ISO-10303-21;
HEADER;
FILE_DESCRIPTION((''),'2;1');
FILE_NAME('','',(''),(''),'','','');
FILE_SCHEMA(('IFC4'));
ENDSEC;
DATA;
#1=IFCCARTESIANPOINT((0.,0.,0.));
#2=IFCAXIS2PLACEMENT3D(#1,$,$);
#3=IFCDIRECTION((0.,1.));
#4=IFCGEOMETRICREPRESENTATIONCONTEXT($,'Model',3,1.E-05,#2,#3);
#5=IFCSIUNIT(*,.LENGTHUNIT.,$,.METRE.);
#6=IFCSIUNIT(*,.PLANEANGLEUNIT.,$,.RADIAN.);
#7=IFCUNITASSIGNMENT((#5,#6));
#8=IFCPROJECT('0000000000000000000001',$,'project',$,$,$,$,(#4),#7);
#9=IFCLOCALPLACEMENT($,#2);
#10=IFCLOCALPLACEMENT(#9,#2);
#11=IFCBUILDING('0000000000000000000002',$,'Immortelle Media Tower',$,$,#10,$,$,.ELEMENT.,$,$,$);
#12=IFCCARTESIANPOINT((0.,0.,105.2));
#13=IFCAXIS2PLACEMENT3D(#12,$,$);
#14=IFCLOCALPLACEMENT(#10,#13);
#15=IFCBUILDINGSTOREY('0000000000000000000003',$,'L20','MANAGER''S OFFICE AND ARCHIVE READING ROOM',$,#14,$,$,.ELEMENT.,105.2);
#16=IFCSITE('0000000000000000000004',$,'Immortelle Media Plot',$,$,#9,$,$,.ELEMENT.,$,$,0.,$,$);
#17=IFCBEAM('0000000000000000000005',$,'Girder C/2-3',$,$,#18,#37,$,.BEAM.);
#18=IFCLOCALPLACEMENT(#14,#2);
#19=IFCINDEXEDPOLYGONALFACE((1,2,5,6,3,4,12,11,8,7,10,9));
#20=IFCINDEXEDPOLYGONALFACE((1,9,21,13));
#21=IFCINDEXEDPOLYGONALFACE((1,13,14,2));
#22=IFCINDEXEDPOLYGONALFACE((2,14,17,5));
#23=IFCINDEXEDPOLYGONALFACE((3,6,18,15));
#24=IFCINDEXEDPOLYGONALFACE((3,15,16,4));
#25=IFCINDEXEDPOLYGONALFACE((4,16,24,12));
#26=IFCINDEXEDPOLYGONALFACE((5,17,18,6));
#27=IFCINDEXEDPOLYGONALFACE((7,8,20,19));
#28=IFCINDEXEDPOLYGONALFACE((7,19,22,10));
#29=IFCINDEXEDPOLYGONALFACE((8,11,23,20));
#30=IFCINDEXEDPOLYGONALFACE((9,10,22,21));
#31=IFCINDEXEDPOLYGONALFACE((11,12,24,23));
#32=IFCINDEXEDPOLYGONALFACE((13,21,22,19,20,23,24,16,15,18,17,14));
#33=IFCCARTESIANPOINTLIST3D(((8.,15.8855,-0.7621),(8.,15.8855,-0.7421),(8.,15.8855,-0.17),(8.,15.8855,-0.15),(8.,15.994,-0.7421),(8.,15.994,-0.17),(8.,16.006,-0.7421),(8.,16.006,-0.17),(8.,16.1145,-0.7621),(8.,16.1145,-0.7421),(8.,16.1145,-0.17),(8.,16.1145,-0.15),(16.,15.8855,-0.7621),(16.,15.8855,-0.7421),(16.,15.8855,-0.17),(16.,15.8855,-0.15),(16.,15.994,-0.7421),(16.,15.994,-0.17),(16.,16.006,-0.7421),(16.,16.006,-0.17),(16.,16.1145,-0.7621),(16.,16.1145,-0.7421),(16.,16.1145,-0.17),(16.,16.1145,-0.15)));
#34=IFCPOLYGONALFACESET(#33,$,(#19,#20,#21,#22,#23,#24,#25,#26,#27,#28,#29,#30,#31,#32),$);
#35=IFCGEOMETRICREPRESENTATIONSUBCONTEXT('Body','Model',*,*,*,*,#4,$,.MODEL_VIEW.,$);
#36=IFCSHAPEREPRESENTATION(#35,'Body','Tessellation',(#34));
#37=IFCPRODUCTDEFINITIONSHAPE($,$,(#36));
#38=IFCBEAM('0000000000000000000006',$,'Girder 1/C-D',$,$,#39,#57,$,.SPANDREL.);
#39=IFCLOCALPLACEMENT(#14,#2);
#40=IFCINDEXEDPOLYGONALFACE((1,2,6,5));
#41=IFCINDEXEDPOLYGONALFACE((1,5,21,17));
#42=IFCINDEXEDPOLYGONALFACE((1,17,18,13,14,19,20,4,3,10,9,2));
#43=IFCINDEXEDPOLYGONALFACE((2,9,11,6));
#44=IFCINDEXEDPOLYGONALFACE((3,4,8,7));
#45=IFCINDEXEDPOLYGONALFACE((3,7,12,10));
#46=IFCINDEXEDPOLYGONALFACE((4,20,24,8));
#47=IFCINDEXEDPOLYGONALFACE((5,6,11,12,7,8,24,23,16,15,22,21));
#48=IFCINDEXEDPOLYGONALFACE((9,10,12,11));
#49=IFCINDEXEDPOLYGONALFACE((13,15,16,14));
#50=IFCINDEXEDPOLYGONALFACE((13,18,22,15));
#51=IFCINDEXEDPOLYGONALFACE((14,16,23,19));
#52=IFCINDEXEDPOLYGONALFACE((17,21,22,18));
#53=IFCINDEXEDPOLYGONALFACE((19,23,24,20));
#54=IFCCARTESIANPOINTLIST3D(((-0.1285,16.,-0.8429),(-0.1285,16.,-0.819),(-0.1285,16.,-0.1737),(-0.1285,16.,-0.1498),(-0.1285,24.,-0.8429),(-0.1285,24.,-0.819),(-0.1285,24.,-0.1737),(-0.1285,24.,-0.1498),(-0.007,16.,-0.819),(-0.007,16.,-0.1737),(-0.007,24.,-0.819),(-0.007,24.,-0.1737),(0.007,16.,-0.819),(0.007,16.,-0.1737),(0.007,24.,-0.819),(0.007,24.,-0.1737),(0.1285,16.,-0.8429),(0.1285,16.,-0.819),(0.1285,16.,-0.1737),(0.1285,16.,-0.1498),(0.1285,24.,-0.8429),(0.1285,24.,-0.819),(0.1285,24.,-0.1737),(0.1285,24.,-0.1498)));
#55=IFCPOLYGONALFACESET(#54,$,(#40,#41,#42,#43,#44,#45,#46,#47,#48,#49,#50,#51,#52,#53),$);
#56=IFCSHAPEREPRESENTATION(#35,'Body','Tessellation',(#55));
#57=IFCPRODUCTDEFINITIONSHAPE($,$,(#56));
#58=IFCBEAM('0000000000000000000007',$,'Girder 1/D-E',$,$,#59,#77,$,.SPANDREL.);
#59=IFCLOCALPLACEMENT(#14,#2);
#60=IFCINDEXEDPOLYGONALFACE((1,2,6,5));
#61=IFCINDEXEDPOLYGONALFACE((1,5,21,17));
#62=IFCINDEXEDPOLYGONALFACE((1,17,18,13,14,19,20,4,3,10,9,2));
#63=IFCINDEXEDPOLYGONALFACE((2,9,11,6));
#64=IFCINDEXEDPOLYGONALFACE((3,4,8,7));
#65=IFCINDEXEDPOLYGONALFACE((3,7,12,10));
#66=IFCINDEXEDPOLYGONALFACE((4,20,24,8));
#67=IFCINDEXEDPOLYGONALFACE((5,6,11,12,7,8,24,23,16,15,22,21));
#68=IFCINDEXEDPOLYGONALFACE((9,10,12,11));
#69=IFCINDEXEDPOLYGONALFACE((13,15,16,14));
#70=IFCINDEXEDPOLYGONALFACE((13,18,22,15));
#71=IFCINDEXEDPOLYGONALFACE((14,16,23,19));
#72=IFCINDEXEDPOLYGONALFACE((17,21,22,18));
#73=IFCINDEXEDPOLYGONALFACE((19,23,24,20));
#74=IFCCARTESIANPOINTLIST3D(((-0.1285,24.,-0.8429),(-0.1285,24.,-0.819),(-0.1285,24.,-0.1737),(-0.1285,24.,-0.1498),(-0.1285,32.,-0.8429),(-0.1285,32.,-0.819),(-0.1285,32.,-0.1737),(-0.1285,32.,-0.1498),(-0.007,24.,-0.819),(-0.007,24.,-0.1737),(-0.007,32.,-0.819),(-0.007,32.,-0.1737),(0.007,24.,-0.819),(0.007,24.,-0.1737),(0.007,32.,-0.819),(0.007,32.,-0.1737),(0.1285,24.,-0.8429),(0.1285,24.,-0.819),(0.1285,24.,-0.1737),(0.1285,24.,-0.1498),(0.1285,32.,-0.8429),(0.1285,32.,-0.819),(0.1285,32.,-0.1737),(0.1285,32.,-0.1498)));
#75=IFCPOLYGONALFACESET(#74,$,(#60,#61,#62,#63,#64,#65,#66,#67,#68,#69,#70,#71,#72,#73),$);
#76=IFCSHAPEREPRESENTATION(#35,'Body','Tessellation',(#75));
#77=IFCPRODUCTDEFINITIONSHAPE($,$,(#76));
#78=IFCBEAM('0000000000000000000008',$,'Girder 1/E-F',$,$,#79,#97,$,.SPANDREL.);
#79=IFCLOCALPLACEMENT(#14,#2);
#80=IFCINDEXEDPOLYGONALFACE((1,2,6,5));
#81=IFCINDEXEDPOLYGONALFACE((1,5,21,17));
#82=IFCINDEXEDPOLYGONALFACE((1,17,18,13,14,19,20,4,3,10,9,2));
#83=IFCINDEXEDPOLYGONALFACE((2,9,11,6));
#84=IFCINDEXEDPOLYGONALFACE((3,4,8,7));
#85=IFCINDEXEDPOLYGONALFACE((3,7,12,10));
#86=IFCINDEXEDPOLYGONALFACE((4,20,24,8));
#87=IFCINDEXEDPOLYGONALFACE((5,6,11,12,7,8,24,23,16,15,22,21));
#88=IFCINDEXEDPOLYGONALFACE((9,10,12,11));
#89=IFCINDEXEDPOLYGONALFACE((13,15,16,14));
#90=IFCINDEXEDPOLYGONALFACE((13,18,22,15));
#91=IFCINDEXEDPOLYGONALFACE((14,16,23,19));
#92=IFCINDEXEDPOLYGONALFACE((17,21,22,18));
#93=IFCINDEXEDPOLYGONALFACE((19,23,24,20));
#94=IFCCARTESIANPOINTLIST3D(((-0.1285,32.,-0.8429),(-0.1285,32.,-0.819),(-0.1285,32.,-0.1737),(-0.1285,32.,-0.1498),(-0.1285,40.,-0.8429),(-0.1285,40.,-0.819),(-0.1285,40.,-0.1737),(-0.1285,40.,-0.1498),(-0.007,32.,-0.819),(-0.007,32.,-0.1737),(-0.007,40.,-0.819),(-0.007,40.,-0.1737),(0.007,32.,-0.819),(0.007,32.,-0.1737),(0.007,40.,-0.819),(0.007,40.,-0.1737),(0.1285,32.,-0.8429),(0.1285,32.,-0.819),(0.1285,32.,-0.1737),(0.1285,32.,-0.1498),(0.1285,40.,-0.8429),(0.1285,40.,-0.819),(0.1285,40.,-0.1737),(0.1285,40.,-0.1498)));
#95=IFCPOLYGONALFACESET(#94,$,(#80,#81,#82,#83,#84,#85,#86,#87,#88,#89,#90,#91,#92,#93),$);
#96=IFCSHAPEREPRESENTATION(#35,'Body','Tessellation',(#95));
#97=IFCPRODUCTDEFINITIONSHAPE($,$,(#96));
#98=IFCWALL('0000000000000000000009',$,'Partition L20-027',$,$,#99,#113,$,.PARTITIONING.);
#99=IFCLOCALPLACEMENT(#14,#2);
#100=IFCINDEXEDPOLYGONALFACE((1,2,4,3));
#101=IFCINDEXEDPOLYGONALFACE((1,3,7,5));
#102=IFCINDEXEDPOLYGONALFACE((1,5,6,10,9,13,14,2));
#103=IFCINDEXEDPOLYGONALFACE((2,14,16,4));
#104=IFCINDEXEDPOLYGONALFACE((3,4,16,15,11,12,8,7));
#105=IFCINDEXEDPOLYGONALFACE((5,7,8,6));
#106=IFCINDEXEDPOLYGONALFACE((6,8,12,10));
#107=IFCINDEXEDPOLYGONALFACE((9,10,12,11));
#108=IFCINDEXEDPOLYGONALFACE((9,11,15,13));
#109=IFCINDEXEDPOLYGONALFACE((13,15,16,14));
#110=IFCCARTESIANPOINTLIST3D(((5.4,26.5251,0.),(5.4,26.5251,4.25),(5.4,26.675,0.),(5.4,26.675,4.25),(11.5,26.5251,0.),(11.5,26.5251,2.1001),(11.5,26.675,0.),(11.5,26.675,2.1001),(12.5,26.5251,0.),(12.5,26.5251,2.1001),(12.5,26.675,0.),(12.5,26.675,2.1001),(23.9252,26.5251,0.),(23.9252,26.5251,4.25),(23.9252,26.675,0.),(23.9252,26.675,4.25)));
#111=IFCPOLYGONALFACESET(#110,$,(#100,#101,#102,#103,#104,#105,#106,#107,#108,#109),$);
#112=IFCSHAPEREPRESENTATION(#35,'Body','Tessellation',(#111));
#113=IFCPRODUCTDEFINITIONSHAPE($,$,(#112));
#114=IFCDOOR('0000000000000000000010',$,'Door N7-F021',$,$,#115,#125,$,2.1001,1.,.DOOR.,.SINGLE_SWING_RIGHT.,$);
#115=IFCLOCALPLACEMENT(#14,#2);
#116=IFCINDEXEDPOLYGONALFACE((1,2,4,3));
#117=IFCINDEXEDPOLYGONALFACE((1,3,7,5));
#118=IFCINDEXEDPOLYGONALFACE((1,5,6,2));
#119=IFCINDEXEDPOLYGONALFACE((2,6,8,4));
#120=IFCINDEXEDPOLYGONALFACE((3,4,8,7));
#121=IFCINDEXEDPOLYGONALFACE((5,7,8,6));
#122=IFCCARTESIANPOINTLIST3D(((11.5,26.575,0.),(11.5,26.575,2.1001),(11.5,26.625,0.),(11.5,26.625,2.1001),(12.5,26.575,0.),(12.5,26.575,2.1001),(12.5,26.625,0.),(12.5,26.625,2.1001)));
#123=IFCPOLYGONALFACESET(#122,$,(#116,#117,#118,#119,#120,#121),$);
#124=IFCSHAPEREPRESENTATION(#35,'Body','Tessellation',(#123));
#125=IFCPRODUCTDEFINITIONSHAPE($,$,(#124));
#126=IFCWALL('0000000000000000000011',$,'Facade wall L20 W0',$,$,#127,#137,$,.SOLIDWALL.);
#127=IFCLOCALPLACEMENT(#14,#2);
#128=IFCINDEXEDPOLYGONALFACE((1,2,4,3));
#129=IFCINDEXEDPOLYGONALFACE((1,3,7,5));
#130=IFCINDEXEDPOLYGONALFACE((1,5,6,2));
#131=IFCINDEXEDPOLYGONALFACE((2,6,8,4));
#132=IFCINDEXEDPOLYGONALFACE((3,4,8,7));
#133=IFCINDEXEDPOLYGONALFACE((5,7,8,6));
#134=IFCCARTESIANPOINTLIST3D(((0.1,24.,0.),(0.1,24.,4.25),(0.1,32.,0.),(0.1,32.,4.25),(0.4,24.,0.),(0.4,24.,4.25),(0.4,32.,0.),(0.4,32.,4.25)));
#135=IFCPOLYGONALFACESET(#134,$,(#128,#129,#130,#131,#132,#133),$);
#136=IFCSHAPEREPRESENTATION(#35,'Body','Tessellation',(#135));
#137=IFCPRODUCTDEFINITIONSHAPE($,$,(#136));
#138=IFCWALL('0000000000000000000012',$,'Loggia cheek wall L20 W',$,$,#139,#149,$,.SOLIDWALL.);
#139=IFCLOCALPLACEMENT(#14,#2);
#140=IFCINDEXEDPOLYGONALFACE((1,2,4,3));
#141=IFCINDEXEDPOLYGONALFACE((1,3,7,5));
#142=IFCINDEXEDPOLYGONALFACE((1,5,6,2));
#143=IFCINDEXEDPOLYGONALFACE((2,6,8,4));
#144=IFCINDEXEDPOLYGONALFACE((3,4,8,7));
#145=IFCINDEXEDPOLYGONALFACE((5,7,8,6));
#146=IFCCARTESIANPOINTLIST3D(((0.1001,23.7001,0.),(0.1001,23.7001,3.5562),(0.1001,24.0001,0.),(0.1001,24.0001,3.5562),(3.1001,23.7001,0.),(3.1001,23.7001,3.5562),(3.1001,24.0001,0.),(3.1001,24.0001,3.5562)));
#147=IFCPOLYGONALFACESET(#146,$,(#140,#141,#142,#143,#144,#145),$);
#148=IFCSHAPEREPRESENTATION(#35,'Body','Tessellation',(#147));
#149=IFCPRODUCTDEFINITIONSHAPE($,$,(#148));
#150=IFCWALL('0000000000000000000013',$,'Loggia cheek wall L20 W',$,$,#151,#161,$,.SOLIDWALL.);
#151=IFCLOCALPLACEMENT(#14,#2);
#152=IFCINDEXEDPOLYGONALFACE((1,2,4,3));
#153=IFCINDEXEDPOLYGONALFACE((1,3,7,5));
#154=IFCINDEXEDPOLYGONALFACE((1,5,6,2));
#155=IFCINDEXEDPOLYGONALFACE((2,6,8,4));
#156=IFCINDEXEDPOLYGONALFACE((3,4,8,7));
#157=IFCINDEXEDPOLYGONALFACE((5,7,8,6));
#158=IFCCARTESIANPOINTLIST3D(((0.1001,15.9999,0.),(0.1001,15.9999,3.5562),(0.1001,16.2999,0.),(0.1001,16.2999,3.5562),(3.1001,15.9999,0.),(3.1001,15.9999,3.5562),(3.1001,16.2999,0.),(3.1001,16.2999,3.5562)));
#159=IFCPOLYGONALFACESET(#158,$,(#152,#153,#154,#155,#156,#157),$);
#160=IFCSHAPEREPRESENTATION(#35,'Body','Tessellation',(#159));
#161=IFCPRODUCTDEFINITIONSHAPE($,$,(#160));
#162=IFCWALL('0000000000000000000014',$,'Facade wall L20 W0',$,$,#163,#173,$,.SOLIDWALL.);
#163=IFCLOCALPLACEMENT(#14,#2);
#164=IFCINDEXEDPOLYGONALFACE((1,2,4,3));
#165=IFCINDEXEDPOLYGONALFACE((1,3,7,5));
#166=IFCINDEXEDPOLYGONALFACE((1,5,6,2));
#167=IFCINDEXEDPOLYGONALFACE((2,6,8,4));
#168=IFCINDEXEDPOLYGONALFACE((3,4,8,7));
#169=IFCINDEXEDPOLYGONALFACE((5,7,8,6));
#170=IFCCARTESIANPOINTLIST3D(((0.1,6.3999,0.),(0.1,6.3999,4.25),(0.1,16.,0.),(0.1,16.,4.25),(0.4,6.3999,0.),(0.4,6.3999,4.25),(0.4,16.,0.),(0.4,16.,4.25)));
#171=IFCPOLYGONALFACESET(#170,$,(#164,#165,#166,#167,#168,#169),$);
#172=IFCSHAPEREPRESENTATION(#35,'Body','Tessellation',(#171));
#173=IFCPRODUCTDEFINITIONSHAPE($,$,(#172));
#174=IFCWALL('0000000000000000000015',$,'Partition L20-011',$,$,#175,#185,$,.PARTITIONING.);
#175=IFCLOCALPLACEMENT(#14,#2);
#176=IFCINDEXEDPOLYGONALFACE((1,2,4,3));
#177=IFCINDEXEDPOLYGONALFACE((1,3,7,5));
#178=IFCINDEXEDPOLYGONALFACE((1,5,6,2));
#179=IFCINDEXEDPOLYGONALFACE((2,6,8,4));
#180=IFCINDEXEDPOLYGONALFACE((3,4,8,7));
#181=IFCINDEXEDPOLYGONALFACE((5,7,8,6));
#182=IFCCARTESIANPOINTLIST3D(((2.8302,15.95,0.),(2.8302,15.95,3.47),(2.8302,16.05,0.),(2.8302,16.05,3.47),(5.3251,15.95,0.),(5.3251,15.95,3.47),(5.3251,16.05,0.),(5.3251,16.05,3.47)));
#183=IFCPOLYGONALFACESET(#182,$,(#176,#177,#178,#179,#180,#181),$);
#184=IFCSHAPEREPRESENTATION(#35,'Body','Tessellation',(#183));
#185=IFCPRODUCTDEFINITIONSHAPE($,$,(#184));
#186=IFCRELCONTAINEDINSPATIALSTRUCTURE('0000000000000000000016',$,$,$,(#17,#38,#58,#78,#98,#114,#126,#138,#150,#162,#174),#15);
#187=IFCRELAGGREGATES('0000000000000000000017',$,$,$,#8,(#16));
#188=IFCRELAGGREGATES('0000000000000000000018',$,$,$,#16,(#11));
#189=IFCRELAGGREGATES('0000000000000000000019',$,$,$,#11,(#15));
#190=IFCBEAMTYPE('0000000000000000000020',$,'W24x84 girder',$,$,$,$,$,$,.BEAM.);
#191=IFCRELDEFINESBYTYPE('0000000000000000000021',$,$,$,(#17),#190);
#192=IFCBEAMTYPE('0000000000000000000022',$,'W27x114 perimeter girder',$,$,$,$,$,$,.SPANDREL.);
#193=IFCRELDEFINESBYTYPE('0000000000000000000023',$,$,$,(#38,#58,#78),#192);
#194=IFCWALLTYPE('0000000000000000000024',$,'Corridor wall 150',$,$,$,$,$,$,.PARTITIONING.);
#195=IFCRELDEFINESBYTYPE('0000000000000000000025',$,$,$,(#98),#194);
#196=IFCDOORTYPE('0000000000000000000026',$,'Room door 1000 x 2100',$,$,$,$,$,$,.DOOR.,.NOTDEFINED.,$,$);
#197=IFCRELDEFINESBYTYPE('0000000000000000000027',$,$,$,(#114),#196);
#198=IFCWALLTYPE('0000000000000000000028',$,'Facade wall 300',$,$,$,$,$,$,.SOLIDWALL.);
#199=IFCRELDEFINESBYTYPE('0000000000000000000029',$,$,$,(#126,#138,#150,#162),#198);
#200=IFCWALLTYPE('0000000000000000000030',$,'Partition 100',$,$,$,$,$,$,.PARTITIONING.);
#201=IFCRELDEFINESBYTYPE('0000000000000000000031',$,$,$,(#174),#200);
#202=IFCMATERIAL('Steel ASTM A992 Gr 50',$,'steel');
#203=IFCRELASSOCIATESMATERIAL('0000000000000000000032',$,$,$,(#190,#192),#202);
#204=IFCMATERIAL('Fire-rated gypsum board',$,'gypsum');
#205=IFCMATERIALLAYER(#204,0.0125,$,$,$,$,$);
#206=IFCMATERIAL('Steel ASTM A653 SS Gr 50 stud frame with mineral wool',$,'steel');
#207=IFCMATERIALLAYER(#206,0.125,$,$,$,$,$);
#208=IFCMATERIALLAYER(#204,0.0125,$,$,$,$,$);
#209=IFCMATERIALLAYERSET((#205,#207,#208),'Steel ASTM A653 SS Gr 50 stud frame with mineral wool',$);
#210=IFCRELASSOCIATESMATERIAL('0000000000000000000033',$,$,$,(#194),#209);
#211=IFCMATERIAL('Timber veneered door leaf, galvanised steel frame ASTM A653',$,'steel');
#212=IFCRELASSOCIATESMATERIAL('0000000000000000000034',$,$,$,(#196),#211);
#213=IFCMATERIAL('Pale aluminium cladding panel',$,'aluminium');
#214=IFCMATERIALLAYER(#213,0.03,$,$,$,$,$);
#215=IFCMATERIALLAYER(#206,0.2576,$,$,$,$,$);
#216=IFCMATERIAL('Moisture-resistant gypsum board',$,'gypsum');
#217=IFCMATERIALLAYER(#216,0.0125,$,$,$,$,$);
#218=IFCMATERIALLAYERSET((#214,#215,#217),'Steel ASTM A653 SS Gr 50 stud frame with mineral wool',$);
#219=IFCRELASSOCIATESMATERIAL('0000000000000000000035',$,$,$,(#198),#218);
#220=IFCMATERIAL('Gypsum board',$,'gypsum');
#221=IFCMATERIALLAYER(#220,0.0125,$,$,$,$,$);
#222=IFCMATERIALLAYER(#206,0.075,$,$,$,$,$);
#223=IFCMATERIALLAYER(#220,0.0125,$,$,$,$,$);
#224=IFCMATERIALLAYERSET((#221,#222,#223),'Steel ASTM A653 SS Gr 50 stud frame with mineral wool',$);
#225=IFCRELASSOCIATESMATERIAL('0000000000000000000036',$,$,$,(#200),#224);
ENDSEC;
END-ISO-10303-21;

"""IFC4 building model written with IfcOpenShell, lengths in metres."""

from ifc_helpers import new_model, si_unit, direction, frame, frame_2d, origin, origin_2d, place, context, subcontext, project, spatial, rectangle, i_section, extrude, material, layer, layer_set, material_profile, profile_set, type_object, element, fill, save


model = new_model("IFC4")

# Units and contexts
model_context = context("Model", 3, precision=1e-05, world=origin(), true_north=direction((0.0, 1.0)))
body_context = subcontext(model_context, "Body", "Model", "MODEL_VIEW")
ifc_project = project(units=[si_unit("LENGTHUNIT", "METRE"), si_unit("PLANEANGLEUNIT", "RADIAN")], contexts=[model_context])

# Site, building, storey
site_placement = place(None, origin())
site = spatial("IfcSite", under=ifc_project, at=site_placement, Name="Immortelle Media Plot", CompositionType="ELEMENT", RefElevation=0.0)
building_placement = place(site_placement, origin())
building = spatial("IfcBuilding", under=site, at=building_placement, Name="Immortelle Media Tower", CompositionType="ELEMENT")
storey_placement = place(building_placement, frame((0.0, 0.0, 105.2)))
storey = spatial("IfcBuildingStorey", under=building, at=storey_placement, Name="L20", Description="MANAGER'S OFFICE AND ARCHIVE READING ROOM", CompositionType="ELEMENT", Elevation=105.2)

# Shared definitions
ifc_material_1 = material(Name="Steel ASTM A992 Gr 50", Category="steel")

# Beams
ifc_material_profile_1 = material_profile(ifc_material_1, i_section(OverallWidth=0.229, OverallDepth=0.6121, WebThickness=0.012, FlangeThickness=0.02, at=origin_2d()), Name="W24x84")
ifc_profile_set_1 = profile_set([ifc_material_profile_1], Name="Steel ASTM A992 Gr 50")
beam_type_1 = type_object("IfcBeamType", Name="W24x84 girder", PredefinedType="BEAM", material=ifc_profile_set_1)
for number, where, z_axis, x_axis, name in (
    (1, (8.0, 16.0, -0.4561), (1.0, 0.0, 0.0), (0.0, 1.0, 0.0), "Girder C/2-3"),
):
    element("IfcBeam", number, at=place(storey_placement, frame(where, z_axis=z_axis, x_axis=x_axis)), inside=storey, type_object=beam_type_1, Name=name, PredefinedType="BEAM", context=body_context, shape_type="SweptSolid", body=[
        extrude(i_section(OverallWidth=0.229, OverallDepth=0.6121, WebThickness=0.012, FlangeThickness=0.02, at=origin_2d()), origin(), (0.0, 0.0, 1.0), 8.0),
    ])
ifc_material_profile_2 = material_profile(ifc_material_1, i_section(OverallWidth=0.2571, OverallDepth=0.6931, WebThickness=0.0139, FlangeThickness=0.0239, at=origin_2d()), Name="W27x114")
ifc_profile_set_2 = profile_set([ifc_material_profile_2], Name="Steel ASTM A992 Gr 50")
beam_type_2 = type_object("IfcBeamType", Name="W27x114 perimeter girder", PredefinedType="SPANDREL", material=ifc_profile_set_2)
for number, where, z_axis, x_axis, name in (
    (2, (0.0, 16.0, -0.4963), (0.0, 1.0, 0.0), (-1.0, 0.0, 0.0), "Girder 1/C-D"),
    (3, (0.0, 24.0, -0.4963), (0.0, 1.0, 0.0), (-1.0, 0.0, 0.0), "Girder 1/D-E"),
    (4, (0.0, 32.0, -0.4963), (0.0, 1.0, 0.0), (-1.0, 0.0, 0.0), "Girder 1/E-F"),
):
    element("IfcBeam", number, at=place(storey_placement, frame(where, z_axis=z_axis, x_axis=x_axis)), inside=storey, type_object=beam_type_2, Name=name, PredefinedType="SPANDREL", context=body_context, shape_type="SweptSolid", body=[
        extrude(i_section(OverallWidth=0.2571, OverallDepth=0.6931, WebThickness=0.0139, FlangeThickness=0.0239, at=origin_2d()), origin(), (0.0, 0.0, 1.0), 8.0),
    ])

# Wall, opening, door
ifc_material_2 = material(Name="Fire-rated gypsum board", Category="gypsum")
ifc_layer_1 = layer(ifc_material_2, 0.0125)
ifc_material_3 = material(Name="Steel ASTM A653 SS Gr 50 stud frame with mineral wool", Category="steel")
ifc_layer_2 = layer(ifc_material_3, 0.125)
ifc_layer_3 = layer(ifc_material_2, 0.0125)
ifc_layer_set_1 = layer_set([ifc_layer_1, ifc_layer_2, ifc_layer_3], Name="Steel ASTM A653 SS Gr 50 stud frame with mineral wool")
wall_type_1 = type_object("IfcWallType", Name="Corridor wall 150", PredefinedType="PARTITIONING", material=ifc_layer_set_1)
wall_1_placement = place(storey_placement, frame((5.3999, 26.6001, 0.0), z_axis=(0.0, 0.0, 1.0), x_axis=(1.0, 0.0, 0.0)))
wall_1 = element("IfcWall", 5, at=wall_1_placement, inside=storey, type_object=wall_type_1, Name="Partition L20-027", PredefinedType="PARTITIONING", context=body_context, shape_type="SweptSolid", body=[
    extrude(rectangle(XDim=18.5251, YDim=0.1499, at=frame_2d((9.2627, 0.0))), origin(), (0.0, 0.0, 1.0), 4.25),
])
opening_1_placement = place(wall_1_placement, frame((6.1001, 0.0, 0.0)))
opening_1 = element("IfcOpeningElement", 6, at=opening_1_placement, cuts=wall_1, PredefinedType="OPENING", context=body_context, shape_type="SweptSolid", body=[
    extrude(rectangle(XDim=1.0, YDim=2.1001, at=frame_2d((0.5, 1.05))), frame((0.0, 0.085, 0.0), z_axis=(0.0, -1.0, 0.0), x_axis=(1.0, 0.0, 0.0)), (0.0, 0.0, 1.0), 0.1699),
])
ifc_material_4 = material(Name="Timber veneered door leaf, galvanised steel frame ASTM A653", Category="steel")
door_type_1 = type_object("IfcDoorType", Name="Room door 1000 x 2100", OperationType="NOTDEFINED", PredefinedType="DOOR", material=ifc_material_4)
door_1_placement = place(opening_1_placement, origin())
door_1 = element("IfcDoor", 7, at=door_1_placement, inside=storey, type_object=door_type_1, Name="Door N7-F021", OperationType="SINGLE_SWING_RIGHT", OverallHeight=2.1001, OverallWidth=1.0, PredefinedType="DOOR", context=body_context, shape_type="SweptSolid", body=[
    extrude(rectangle(XDim=1.0, YDim=2.1001, at=frame_2d((0.5, 1.05))), frame((0.0, 0.0249, 0.0), z_axis=(0.0, -1.0, 0.0), x_axis=(1.0, 0.0, 0.0)), (0.0, 0.0, 1.0), 0.05),
])
fill(opening_1, door_1)

# Wall
ifc_material_5 = material(Name="Pale aluminium cladding panel", Category="aluminium")
ifc_layer_4 = layer(ifc_material_5, 0.03)
ifc_layer_5 = layer(ifc_material_3, 0.2576)
ifc_material_6 = material(Name="Moisture-resistant gypsum board", Category="gypsum")
ifc_layer_6 = layer(ifc_material_6, 0.0125)
ifc_layer_set_2 = layer_set([ifc_layer_4, ifc_layer_5, ifc_layer_6], Name="Steel ASTM A653 SS Gr 50 stud frame with mineral wool")
wall_type_2 = type_object("IfcWallType", Name="Facade wall 300", PredefinedType="SOLIDWALL", material=ifc_layer_set_2)
wall_2_placement = place(storey_placement, frame((0.25, 32.0, 0.0), z_axis=(0.0, 0.0, 1.0), x_axis=(0.0, -1.0, 0.0)))
element("IfcWall", 8, at=wall_2_placement, inside=storey, type_object=wall_type_2, Name="Facade wall L20 W0", PredefinedType="SOLIDWALL", context=body_context, shape_type="SweptSolid", body=[
    extrude(rectangle(XDim=8.0, YDim=0.3, at=frame_2d((4.0, 0.0))), origin(), (0.0, 0.0, 1.0), 4.25),
])

# Walls
for number, where, z_axis, x_axis, name in (
    (9, (0.1001, 23.8501, 0.0), (0.0, 0.0, 1.0), (1.0, 0.0, 0.0), "Loggia cheek wall L20 W"),
    (10, (0.1001, 16.1499, 0.0), (0.0, 0.0, 1.0), (1.0, 0.0, 0.0), "Loggia cheek wall L20 W"),
):
    element("IfcWall", number, at=place(storey_placement, frame(where, z_axis=z_axis, x_axis=x_axis)), inside=storey, type_object=wall_type_2, Name=name, PredefinedType="SOLIDWALL", context=body_context, shape_type="SweptSolid", body=[
        extrude(rectangle(XDim=3.0, YDim=0.3, at=frame_2d((1.5, 0.0))), origin(), (0.0, 0.0, 1.0), 3.5562),
    ])
wall_3_placement = place(storey_placement, frame((0.25, 16.0, 0.0), z_axis=(0.0, 0.0, 1.0), x_axis=(0.0, -1.0, 0.0)))
element("IfcWall", 11, at=wall_3_placement, inside=storey, type_object=wall_type_2, Name="Facade wall L20 W0", PredefinedType="SOLIDWALL", context=body_context, shape_type="SweptSolid", body=[
    extrude(rectangle(XDim=9.6001, YDim=0.3, at=frame_2d((4.8, 0.0))), origin(), (0.0, 0.0, 1.0), 4.25),
])
ifc_material_7 = material(Name="Gypsum board", Category="gypsum")
ifc_layer_7 = layer(ifc_material_7, 0.0125)
ifc_layer_8 = layer(ifc_material_3, 0.075)
ifc_layer_9 = layer(ifc_material_7, 0.0125)
ifc_layer_set_3 = layer_set([ifc_layer_7, ifc_layer_8, ifc_layer_9], Name="Steel ASTM A653 SS Gr 50 stud frame with mineral wool")
wall_type_3 = type_object("IfcWallType", Name="Partition 100", PredefinedType="PARTITIONING", material=ifc_layer_set_3)
for number, where, z_axis, x_axis, name in (
    (12, (2.8301, 16.0, 0.0), (0.0, 0.0, 1.0), (1.0, 0.0, 0.0), "Partition L20-011"),
):
    element("IfcWall", number, at=place(storey_placement, frame(where, z_axis=z_axis, x_axis=x_axis)), inside=storey, type_object=wall_type_3, Name=name, PredefinedType="PARTITIONING", context=body_context, shape_type="SweptSolid", body=[
        extrude(rectangle(XDim=2.4949, YDim=0.1001, at=frame_2d((1.2476, 0.0))), origin(), (0.0, 0.0, 1.0), 3.47),
    ])

save(model, "model.ifc")
